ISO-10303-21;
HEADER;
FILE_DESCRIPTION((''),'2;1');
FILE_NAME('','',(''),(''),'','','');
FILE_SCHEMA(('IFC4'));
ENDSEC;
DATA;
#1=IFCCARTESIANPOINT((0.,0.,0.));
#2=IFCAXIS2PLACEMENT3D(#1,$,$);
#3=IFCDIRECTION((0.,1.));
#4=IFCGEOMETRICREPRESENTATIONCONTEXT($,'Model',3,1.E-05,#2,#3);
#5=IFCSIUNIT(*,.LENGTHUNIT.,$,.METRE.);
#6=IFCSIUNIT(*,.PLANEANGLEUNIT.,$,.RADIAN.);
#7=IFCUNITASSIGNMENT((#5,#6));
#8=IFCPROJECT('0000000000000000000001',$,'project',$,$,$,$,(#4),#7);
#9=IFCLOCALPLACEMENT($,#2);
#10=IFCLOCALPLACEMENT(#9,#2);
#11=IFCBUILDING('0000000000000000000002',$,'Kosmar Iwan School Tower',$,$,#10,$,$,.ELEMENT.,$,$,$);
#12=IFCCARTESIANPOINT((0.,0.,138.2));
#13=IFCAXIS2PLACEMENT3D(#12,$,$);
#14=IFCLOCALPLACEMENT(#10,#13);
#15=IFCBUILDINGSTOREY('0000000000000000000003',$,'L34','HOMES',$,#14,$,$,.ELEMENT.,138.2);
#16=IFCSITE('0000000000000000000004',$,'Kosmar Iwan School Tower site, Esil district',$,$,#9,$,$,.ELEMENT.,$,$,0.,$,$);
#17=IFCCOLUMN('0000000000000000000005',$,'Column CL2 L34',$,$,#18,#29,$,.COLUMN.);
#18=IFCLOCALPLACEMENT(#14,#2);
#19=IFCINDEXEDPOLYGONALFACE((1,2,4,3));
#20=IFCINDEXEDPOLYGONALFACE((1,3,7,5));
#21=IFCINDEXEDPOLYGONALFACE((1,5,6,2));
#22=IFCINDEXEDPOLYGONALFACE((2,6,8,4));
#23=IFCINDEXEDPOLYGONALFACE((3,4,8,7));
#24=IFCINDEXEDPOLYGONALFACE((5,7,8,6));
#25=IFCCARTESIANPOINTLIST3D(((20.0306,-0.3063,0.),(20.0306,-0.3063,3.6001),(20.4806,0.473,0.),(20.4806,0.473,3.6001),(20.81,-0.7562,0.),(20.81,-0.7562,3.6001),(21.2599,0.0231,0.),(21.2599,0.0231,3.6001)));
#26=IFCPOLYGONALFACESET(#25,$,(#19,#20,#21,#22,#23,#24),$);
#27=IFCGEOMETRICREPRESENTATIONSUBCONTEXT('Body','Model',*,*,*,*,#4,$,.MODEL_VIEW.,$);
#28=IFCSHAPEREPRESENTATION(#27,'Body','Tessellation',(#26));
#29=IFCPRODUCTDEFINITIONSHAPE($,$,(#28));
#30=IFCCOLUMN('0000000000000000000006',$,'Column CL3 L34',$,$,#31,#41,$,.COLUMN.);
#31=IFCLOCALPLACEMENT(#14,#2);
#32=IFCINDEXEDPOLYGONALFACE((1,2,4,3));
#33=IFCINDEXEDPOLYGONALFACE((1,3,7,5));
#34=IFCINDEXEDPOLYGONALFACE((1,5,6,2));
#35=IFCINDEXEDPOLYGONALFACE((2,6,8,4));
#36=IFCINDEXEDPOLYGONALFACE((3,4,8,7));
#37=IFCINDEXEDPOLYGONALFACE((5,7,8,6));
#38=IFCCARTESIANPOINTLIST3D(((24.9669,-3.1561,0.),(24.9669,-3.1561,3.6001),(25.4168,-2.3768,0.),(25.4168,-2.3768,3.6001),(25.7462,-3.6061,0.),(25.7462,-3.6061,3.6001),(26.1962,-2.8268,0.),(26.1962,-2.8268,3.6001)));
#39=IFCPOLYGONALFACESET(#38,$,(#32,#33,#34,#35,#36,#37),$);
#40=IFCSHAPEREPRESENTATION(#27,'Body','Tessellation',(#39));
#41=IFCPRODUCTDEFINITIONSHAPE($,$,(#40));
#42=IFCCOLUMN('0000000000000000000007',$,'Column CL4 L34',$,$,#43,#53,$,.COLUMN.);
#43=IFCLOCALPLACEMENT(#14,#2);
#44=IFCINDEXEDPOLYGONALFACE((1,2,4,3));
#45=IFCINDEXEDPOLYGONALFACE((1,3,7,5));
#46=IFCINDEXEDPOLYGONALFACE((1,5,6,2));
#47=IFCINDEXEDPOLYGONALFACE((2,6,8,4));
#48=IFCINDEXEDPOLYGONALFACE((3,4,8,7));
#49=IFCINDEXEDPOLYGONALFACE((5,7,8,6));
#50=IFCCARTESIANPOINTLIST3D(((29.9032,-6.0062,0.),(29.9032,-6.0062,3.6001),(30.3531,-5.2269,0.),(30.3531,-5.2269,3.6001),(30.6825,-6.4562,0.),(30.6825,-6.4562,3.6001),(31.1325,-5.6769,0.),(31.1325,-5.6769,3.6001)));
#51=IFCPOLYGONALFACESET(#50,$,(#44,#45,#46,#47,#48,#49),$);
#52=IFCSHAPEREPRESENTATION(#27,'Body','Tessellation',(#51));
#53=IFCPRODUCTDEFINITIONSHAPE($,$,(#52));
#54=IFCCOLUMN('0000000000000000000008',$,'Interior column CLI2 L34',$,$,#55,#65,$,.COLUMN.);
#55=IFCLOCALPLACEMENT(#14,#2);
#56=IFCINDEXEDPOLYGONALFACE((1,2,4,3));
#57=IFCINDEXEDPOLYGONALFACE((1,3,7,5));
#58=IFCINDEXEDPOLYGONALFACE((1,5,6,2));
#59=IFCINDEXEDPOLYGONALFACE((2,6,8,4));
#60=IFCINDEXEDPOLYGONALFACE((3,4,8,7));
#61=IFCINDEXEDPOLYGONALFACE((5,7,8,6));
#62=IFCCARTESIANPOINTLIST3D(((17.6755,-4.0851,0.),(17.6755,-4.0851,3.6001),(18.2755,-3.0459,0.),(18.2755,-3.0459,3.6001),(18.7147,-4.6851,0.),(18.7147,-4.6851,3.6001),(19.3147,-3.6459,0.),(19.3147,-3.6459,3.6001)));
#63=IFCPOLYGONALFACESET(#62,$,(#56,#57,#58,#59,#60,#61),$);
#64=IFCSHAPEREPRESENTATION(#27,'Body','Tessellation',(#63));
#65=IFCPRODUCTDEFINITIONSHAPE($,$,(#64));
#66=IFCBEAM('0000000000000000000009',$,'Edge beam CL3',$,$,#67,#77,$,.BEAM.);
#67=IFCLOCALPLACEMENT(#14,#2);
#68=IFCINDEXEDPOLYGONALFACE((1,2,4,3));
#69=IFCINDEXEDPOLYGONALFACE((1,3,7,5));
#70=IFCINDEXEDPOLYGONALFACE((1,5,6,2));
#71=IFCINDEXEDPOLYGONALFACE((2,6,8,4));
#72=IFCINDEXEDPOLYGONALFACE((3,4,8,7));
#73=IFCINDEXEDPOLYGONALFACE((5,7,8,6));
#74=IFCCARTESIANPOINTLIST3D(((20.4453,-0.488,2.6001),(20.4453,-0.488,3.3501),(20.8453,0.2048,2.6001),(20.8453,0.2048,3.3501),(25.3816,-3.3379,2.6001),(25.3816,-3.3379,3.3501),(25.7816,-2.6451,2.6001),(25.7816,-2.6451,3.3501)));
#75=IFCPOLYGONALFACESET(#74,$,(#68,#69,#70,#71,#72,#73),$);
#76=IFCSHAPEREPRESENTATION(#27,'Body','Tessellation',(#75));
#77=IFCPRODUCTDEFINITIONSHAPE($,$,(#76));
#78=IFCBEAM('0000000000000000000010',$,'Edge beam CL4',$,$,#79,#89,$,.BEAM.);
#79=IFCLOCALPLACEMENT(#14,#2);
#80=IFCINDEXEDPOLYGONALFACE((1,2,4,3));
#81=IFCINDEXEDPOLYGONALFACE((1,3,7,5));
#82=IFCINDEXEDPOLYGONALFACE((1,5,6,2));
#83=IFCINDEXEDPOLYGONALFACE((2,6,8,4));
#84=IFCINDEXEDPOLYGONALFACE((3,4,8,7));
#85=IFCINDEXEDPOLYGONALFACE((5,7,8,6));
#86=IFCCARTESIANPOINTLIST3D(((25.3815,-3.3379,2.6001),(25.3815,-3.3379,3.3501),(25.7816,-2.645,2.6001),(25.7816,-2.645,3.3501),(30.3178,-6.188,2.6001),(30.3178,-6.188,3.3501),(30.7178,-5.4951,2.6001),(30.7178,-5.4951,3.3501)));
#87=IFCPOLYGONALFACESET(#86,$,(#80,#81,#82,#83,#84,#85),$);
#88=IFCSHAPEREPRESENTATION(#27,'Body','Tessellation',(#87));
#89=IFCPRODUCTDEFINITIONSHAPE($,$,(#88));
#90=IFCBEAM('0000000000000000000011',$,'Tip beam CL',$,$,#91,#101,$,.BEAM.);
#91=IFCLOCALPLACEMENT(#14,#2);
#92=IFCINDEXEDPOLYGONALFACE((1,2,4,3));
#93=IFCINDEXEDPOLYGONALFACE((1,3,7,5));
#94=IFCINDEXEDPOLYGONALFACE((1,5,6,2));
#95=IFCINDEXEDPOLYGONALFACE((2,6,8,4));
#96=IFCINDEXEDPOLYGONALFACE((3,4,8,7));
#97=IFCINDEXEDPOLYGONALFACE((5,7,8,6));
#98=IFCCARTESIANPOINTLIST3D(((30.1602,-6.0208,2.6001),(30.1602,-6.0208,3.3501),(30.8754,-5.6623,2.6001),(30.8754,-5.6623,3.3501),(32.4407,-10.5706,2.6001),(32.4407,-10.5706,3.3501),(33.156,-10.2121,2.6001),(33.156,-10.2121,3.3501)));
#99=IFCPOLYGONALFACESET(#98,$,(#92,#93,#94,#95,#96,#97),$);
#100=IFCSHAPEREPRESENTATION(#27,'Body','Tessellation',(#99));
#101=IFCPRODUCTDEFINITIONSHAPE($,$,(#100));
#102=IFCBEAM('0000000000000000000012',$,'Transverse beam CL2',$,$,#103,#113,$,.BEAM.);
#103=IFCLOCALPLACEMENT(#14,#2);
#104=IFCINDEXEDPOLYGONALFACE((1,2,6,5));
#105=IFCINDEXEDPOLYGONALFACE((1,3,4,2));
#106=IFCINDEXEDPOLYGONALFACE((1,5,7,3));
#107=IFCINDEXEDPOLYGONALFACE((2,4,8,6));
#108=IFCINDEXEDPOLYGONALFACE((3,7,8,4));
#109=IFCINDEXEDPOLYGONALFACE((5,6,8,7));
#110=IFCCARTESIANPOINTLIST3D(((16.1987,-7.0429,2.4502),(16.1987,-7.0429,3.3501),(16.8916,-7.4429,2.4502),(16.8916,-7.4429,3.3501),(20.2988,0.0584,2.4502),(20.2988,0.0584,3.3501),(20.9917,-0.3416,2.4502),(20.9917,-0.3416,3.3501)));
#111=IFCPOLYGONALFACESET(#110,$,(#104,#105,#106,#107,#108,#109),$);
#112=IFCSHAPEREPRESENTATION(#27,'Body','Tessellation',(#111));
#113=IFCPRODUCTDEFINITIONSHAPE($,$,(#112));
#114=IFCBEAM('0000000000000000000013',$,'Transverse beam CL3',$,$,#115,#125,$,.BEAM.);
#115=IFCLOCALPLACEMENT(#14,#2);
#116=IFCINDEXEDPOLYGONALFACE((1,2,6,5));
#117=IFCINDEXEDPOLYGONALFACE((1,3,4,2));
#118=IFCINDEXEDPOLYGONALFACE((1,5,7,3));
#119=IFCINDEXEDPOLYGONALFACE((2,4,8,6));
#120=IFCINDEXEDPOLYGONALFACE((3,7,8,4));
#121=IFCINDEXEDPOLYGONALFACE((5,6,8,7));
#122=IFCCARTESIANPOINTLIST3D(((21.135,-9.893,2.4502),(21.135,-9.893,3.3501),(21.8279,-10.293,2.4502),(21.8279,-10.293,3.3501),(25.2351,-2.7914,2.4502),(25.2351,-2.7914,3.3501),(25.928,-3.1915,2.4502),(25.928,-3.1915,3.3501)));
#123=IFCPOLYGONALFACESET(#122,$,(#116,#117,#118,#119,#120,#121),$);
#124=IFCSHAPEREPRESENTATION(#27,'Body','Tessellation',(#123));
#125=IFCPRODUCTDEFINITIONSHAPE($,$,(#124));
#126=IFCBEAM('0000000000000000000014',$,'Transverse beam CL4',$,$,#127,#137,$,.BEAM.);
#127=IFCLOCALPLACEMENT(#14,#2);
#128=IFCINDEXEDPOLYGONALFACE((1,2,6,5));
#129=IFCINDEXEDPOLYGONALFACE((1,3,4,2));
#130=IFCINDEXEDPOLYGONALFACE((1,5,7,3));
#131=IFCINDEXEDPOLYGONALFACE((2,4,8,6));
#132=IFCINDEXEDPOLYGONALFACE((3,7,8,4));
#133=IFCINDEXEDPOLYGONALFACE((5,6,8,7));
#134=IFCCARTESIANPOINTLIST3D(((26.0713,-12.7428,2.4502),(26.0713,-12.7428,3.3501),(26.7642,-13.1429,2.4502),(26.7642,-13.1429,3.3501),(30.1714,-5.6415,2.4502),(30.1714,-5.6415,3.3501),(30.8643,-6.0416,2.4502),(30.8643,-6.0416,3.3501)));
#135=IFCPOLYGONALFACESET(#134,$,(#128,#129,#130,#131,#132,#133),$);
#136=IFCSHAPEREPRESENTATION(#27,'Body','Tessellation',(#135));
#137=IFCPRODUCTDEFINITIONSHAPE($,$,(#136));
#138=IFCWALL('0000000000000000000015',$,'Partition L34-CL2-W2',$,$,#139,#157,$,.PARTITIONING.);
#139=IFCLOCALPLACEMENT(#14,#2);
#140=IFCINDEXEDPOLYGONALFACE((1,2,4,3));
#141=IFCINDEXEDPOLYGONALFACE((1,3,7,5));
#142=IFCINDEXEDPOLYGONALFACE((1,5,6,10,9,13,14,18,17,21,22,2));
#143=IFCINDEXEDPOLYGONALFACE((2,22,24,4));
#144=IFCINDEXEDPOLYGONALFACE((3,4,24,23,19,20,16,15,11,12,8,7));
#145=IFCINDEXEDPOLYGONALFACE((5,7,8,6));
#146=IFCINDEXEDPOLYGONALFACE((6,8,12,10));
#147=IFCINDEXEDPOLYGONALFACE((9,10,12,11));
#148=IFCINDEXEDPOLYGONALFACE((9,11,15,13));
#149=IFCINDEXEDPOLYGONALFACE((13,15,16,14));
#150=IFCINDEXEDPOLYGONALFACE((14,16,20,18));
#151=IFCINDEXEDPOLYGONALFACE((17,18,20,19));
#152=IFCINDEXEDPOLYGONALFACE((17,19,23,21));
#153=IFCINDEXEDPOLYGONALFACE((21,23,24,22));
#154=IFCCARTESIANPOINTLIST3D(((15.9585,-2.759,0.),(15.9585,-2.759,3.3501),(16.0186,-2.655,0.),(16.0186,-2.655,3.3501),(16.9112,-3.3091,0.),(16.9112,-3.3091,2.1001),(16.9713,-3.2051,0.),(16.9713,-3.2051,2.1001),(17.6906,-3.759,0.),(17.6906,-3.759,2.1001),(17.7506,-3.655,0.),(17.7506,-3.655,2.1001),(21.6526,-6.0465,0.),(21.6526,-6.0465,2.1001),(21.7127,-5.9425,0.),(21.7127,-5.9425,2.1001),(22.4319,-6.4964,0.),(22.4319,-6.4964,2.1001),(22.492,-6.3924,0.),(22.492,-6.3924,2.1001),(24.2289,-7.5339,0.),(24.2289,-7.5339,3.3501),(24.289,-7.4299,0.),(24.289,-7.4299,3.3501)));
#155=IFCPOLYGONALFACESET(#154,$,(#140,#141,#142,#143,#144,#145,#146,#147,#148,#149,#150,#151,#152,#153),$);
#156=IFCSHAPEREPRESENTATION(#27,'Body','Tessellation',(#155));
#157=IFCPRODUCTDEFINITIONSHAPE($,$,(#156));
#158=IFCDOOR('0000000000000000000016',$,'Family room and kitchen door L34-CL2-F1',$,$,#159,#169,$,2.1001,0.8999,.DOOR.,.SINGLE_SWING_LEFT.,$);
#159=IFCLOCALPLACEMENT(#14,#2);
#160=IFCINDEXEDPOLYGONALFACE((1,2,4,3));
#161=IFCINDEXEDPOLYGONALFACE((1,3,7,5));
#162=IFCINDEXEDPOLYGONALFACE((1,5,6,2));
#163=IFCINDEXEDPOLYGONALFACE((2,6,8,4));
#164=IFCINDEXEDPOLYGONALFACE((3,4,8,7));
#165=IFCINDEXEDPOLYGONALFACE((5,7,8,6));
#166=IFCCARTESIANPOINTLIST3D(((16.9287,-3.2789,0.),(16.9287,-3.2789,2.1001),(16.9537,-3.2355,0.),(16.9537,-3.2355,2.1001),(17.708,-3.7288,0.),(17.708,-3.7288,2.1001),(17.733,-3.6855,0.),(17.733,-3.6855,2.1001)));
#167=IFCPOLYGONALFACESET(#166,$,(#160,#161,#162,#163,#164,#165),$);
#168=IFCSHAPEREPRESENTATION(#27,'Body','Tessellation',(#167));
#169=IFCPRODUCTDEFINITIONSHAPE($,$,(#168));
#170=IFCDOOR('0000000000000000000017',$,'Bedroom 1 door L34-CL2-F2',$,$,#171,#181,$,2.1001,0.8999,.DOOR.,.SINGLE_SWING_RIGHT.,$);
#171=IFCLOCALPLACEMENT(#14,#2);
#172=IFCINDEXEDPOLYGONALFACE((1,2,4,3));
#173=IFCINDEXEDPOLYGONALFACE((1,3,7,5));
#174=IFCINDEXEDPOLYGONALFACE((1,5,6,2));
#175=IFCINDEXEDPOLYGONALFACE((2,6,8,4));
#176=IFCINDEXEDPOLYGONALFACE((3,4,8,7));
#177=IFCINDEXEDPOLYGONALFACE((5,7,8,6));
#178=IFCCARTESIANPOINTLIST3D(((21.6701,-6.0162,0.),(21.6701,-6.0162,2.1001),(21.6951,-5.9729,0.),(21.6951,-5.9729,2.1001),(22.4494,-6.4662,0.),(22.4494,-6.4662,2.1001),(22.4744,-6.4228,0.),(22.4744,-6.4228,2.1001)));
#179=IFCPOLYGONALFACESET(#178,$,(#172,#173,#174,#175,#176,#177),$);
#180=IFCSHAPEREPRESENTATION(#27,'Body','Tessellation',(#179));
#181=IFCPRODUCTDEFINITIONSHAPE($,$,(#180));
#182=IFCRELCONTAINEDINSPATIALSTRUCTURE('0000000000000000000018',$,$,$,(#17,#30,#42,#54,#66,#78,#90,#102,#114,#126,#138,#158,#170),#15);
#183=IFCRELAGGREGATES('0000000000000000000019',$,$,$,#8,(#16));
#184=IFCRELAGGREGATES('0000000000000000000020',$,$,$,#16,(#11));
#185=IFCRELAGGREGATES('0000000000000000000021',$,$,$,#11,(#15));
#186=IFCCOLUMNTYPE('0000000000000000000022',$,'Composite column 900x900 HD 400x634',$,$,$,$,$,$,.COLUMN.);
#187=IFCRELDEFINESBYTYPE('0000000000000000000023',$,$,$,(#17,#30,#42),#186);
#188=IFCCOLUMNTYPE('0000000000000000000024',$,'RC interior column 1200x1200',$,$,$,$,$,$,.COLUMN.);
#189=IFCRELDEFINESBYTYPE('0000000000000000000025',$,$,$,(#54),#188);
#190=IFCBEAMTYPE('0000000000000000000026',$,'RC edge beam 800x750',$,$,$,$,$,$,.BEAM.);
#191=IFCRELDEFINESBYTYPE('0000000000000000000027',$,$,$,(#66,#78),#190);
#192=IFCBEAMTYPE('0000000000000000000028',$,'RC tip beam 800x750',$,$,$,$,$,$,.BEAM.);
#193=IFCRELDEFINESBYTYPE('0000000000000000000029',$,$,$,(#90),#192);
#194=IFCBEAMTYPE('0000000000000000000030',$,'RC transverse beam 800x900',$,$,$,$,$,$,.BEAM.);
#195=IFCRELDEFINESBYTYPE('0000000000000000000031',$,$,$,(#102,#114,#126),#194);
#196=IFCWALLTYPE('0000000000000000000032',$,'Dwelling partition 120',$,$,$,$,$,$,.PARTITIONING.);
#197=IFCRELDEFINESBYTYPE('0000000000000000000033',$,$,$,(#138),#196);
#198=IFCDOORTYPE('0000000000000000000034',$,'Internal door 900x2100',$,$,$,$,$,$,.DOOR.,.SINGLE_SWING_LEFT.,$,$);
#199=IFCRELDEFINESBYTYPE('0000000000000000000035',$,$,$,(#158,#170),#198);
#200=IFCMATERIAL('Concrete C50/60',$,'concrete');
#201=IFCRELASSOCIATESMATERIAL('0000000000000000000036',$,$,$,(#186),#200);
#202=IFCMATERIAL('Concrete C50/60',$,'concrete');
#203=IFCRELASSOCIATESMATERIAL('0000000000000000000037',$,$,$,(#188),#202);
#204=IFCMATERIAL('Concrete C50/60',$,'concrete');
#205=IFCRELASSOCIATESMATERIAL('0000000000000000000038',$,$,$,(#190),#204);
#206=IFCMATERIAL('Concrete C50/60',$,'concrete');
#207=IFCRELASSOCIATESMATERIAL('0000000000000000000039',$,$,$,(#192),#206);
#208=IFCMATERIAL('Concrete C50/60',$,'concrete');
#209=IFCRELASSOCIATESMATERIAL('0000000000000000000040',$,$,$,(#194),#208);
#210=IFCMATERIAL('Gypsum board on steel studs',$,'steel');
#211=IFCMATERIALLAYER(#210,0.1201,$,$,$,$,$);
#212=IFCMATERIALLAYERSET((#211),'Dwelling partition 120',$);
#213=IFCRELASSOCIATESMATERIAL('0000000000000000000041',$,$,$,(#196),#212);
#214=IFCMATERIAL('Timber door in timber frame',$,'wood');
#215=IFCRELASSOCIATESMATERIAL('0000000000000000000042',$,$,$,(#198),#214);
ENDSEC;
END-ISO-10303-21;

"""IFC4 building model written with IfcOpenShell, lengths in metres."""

from ifc_helpers import new_model, si_unit, direction, frame, frame_2d, origin, origin_2d, place, context, subcontext, project, spatial, rectangle, extrude, material, layer, layer_set, material_profile, profile_set, type_object, element, fill, save


model = new_model("IFC4")

# Units and contexts
model_context = context("Model", 3, precision=1e-05, world=origin(), true_north=direction((0.0, 1.0)))
body_context = subcontext(model_context, "Body", "Model", "MODEL_VIEW")
ifc_project = project(units=[si_unit("LENGTHUNIT", "METRE"), si_unit("PLANEANGLEUNIT", "RADIAN")], contexts=[model_context])

# Site, building, storey
site_placement = place(None, origin())
site = spatial("IfcSite", under=ifc_project, at=site_placement, Name="Kosmar Iwan School Tower site, Esil district", CompositionType="ELEMENT", RefElevation=0.0)
building_placement = place(site_placement, origin())
building = spatial("IfcBuilding", under=site, at=building_placement, Name="Kosmar Iwan School Tower", CompositionType="ELEMENT")
storey_placement = place(building_placement, frame((0.0, 0.0, 138.2)))
storey = spatial("IfcBuildingStorey", under=building, at=storey_placement, Name="L34", Description="HOMES", CompositionType="ELEMENT", Elevation=138.2)

# Columns
ifc_material_1 = material(Name="Concrete C50/60", Category="concrete")
ifc_material_profile_1 = material_profile(ifc_material_1, rectangle(XDim=0.8999, YDim=0.8999, at=origin_2d()), Name="RC 900x900 + HD 400x634")
ifc_profile_set_1 = profile_set([ifc_material_profile_1], Name="Concrete C50/60")
column_type_1 = type_object("IfcColumnType", Name="Composite column 900x900 HD 400x634", PredefinedType="COLUMN", material=ifc_profile_set_1)
for number, where, z_axis, x_axis, name in (
    (1, (20.6453, -0.1416, 0.0), (0.0, 0.0, 1.0), (0.866025, -0.5, 0.0), "Column CL2 L34"),
    (2, (25.5815, -2.9915, 0.0), (0.0, 0.0, 1.0), (0.866025, -0.5, 0.0), "Column CL3 L34"),
    (3, (30.5178, -5.8416, 0.0), (0.0, 0.0, 1.0), (0.866025, -0.5, 0.0), "Column CL4 L34"),
):
    element("IfcColumn", number, at=place(storey_placement, frame(where, z_axis=z_axis, x_axis=x_axis)), inside=storey, type_object=column_type_1, Name=name, PredefinedType="COLUMN", context=body_context, shape_type="SweptSolid", body=[
        extrude(rectangle(XDim=0.8999, YDim=0.8999, at=origin_2d()), origin(), (0.0, 0.0, 1.0), 3.6001),
    ])
ifc_material_2 = material(Name="Concrete C50/60", Category="concrete")
ifc_material_profile_2 = material_profile(ifc_material_2, rectangle(XDim=1.2, YDim=1.2, at=origin_2d()), Name="RC 1200x1200")
ifc_profile_set_2 = profile_set([ifc_material_profile_2], Name="Concrete C50/60")
column_type_2 = type_object("IfcColumnType", Name="RC interior column 1200x1200", PredefinedType="COLUMN", material=ifc_profile_set_2)
column_placement = place(storey_placement, frame((18.4951, -3.8655, 0.0), z_axis=(0.0, 0.0, 1.0), x_axis=(0.866025, -0.5, 0.0)))
element("IfcColumn", 4, at=column_placement, inside=storey, type_object=column_type_2, Name="Interior column CLI2 L34", PredefinedType="COLUMN", context=body_context, shape_type="SweptSolid", body=[
    extrude(rectangle(XDim=1.2, YDim=1.2, at=origin_2d()), origin(), (0.0, 0.0, 1.0), 3.6001),
])

# Beams
ifc_material_3 = material(Name="Concrete C50/60", Category="concrete")
ifc_material_profile_3 = material_profile(ifc_material_3, rectangle(XDim=0.8, YDim=0.75, at=origin_2d()), Name="RC 800x750")
ifc_profile_set_3 = profile_set([ifc_material_profile_3], Name="Concrete C50/60")
beam_type_1 = type_object("IfcBeamType", Name="RC edge beam 800x750", PredefinedType="BEAM", material=ifc_profile_set_3)
for number, where, z_axis, x_axis, name in (
    (5, (20.6453, -0.1416, 2.9751), (0.866034, -0.499986, 0.0), (0.499986, 0.866034, 0.0), "Edge beam CL3"),
    (6, (25.5815, -2.9915, 2.9751), (0.866015, -0.500018, 0.0), (0.500018, 0.866015, 0.0), "Edge beam CL4"),
):
    element("IfcBeam", number, at=place(storey_placement, frame(where, z_axis=z_axis, x_axis=x_axis)), inside=storey, type_object=beam_type_1, Name=name, PredefinedType="BEAM", context=body_context, shape_type="SweptSolid", body=[
        extrude(rectangle(XDim=0.8, YDim=0.75, at=origin_2d()), origin(), (0.0, 0.0, 1.0), 5.7),
    ])
ifc_material_4 = material(Name="Concrete C50/60", Category="concrete")
ifc_material_profile_4 = material_profile(ifc_material_4, rectangle(XDim=0.8, YDim=0.75, at=origin_2d()), Name="RC 800x750")
ifc_profile_set_4 = profile_set([ifc_material_profile_4], Name="Concrete C50/60")
beam_type_2 = type_object("IfcBeamType", Name="RC tip beam 800x750", PredefinedType="BEAM", material=ifc_profile_set_4)
beam_1_placement = place(storey_placement, frame((30.5178, -5.8416, 2.9751), z_axis=(0.448096, -0.893985, 0.0), x_axis=(0.893985, 0.448096, 0.0)))
element("IfcBeam", 7, at=beam_1_placement, inside=storey, type_object=beam_type_2, Name="Tip beam CL", PredefinedType="BEAM", context=body_context, shape_type="SweptSolid", body=[
    extrude(rectangle(XDim=0.8, YDim=0.75, at=origin_2d()), origin(), (0.0, 0.0, 1.0), 5.0894),
])
ifc_material_5 = material(Name="Concrete C50/60", Category="concrete")
ifc_material_profile_5 = material_profile(ifc_material_5, rectangle(XDim=0.8, YDim=0.8999, at=origin_2d()), Name="RC 800x900")
ifc_profile_set_5 = profile_set([ifc_material_profile_5], Name="Concrete C50/60")
beam_type_3 = type_object("IfcBeamType", Name="RC transverse beam 800x900", PredefinedType="BEAM", material=ifc_profile_set_5)
beam_2_placement = place(storey_placement, frame((20.6453, -0.1416, 2.9001), z_axis=(-0.500014, -0.866018, 0.0), x_axis=(0.866018, -0.500014, 0.0)))
element("IfcBeam", 8, at=beam_2_placement, inside=storey, type_object=beam_type_3, Name="Transverse beam CL2", PredefinedType="BEAM", context=body_context, shape_type="SweptSolid", body=[
    extrude(rectangle(XDim=0.8, YDim=0.8999, at=origin_2d()), origin(), (0.0, 0.0, 1.0), 8.2),
])
beam_3_placement = place(storey_placement, frame((25.5815, -2.9915, 2.9001), z_axis=(-0.500001, -0.866025, 0.0), x_axis=(0.866025, -0.500001, 0.0)))
element("IfcBeam", 9, at=beam_3_placement, inside=storey, type_object=beam_type_3, Name="Transverse beam CL3", PredefinedType="BEAM", context=body_context, shape_type="SweptSolid", body=[
    extrude(rectangle(XDim=0.8, YDim=0.8999, at=origin_2d()), origin(), (0.0, 0.0, 1.0), 8.2002),
])
beam_4_placement = place(storey_placement, frame((30.5178, -5.8416, 2.9001), z_axis=(-0.500014, -0.866018, 0.0), x_axis=(0.866018, -0.500014, 0.0)))
element("IfcBeam", 10, at=beam_4_placement, inside=storey, type_object=beam_type_3, Name="Transverse beam CL4", PredefinedType="BEAM", context=body_context, shape_type="SweptSolid", body=[
    extrude(rectangle(XDim=0.8, YDim=0.8999, at=origin_2d()), origin(), (0.0, 0.0, 1.0), 8.2),
])

# Wall, openings, doors
ifc_material_6 = material(Name="Gypsum board on steel studs", Category="steel")
ifc_layer_1 = layer(ifc_material_6, 0.1201)
ifc_layer_set_1 = layer_set([ifc_layer_1], Name="Dwelling partition 120")
wall_type_1 = type_object("IfcWallType", Name="Dwelling partition 120", PredefinedType="PARTITIONING", material=ifc_layer_set_1)
wall_1_placement = place(storey_placement, frame((15.9885, -2.707, 0.0), z_axis=(0.0, 0.0, 1.0), x_axis=(0.866029, -0.499994, 0.0)))
wall_1 = element("IfcWall", 11, at=wall_1_placement, inside=storey, type_object=wall_type_1, Name="Partition L34-CL2-W2", PredefinedType="PARTITIONING", context=body_context, shape_type="SweptSolid", body=[
    extrude(rectangle(XDim=9.5498, YDim=0.1201, at=frame_2d((4.7749, 0.0))), origin(), (0.0, 0.0, 1.0), 3.3501),
])
opening_1_placement = place(wall_1_placement, frame((1.1001, 0.0, 0.0)))
opening_1 = element("IfcOpeningElement", 12, at=opening_1_placement, cuts=wall_1, PredefinedType="OPENING", context=body_context, shape_type="SweptSolid", body=[
    extrude(rectangle(XDim=0.8999, YDim=2.1001, at=frame_2d((0.45, 1.05))), frame((0.0, 0.072, 0.0), z_axis=(0.0, -1.0, 0.0), x_axis=(1.0, 0.0, 0.0)), (0.0, 0.0, 1.0), 0.144),
])
opening_2_placement = place(wall_1_placement, frame((6.575, 0.0, 0.0)))
opening_2 = element("IfcOpeningElement", 13, at=opening_2_placement, cuts=wall_1, PredefinedType="OPENING", context=body_context, shape_type="SweptSolid", body=[
    extrude(rectangle(XDim=0.8999, YDim=2.1001, at=frame_2d((0.45, 1.05))), frame((0.0, 0.072, 0.0), z_axis=(0.0, -1.0, 0.0), x_axis=(1.0, 0.0, 0.0)), (0.0, 0.0, 1.0), 0.144),
])
ifc_material_7 = material(Name="Timber door in timber frame", Category="wood")
door_type = type_object("IfcDoorType", Name="Internal door 900x2100", OperationType="SINGLE_SWING_LEFT", PredefinedType="DOOR", material=ifc_material_7)
door_1_placement = place(opening_1_placement, origin())
door_1 = element("IfcDoor", 14, at=door_1_placement, inside=storey, type_object=door_type, Name="Family room and kitchen door L34-CL2-F1", OperationType="SINGLE_SWING_LEFT", OverallHeight=2.1001, OverallWidth=0.8999, PredefinedType="DOOR", context=body_context, shape_type="SweptSolid", body=[
    extrude(rectangle(XDim=0.8999, YDim=2.1001, at=frame_2d((0.45, 1.05))), frame((0.0, 0.0249, 0.0), z_axis=(0.0, -1.0, 0.0), x_axis=(1.0, 0.0, 0.0)), (0.0, 0.0, 1.0), 0.05),
])
fill(opening_1, door_1)
door_2_placement = place(opening_2_placement, origin())
door_2 = element("IfcDoor", 15, at=door_2_placement, inside=storey, type_object=door_type, Name="Bedroom 1 door L34-CL2-F2", OperationType="SINGLE_SWING_RIGHT", OverallHeight=2.1001, OverallWidth=0.8999, PredefinedType="DOOR", context=body_context, shape_type="SweptSolid", body=[
    extrude(rectangle(XDim=0.8999, YDim=2.1001, at=frame_2d((0.45, 1.05))), frame((0.0, 0.0249, 0.0), z_axis=(0.0, -1.0, 0.0), x_axis=(1.0, 0.0, 0.0)), (0.0, 0.0, 1.0), 0.05),
])
fill(opening_2, door_2)

save(model, "model.ifc")
